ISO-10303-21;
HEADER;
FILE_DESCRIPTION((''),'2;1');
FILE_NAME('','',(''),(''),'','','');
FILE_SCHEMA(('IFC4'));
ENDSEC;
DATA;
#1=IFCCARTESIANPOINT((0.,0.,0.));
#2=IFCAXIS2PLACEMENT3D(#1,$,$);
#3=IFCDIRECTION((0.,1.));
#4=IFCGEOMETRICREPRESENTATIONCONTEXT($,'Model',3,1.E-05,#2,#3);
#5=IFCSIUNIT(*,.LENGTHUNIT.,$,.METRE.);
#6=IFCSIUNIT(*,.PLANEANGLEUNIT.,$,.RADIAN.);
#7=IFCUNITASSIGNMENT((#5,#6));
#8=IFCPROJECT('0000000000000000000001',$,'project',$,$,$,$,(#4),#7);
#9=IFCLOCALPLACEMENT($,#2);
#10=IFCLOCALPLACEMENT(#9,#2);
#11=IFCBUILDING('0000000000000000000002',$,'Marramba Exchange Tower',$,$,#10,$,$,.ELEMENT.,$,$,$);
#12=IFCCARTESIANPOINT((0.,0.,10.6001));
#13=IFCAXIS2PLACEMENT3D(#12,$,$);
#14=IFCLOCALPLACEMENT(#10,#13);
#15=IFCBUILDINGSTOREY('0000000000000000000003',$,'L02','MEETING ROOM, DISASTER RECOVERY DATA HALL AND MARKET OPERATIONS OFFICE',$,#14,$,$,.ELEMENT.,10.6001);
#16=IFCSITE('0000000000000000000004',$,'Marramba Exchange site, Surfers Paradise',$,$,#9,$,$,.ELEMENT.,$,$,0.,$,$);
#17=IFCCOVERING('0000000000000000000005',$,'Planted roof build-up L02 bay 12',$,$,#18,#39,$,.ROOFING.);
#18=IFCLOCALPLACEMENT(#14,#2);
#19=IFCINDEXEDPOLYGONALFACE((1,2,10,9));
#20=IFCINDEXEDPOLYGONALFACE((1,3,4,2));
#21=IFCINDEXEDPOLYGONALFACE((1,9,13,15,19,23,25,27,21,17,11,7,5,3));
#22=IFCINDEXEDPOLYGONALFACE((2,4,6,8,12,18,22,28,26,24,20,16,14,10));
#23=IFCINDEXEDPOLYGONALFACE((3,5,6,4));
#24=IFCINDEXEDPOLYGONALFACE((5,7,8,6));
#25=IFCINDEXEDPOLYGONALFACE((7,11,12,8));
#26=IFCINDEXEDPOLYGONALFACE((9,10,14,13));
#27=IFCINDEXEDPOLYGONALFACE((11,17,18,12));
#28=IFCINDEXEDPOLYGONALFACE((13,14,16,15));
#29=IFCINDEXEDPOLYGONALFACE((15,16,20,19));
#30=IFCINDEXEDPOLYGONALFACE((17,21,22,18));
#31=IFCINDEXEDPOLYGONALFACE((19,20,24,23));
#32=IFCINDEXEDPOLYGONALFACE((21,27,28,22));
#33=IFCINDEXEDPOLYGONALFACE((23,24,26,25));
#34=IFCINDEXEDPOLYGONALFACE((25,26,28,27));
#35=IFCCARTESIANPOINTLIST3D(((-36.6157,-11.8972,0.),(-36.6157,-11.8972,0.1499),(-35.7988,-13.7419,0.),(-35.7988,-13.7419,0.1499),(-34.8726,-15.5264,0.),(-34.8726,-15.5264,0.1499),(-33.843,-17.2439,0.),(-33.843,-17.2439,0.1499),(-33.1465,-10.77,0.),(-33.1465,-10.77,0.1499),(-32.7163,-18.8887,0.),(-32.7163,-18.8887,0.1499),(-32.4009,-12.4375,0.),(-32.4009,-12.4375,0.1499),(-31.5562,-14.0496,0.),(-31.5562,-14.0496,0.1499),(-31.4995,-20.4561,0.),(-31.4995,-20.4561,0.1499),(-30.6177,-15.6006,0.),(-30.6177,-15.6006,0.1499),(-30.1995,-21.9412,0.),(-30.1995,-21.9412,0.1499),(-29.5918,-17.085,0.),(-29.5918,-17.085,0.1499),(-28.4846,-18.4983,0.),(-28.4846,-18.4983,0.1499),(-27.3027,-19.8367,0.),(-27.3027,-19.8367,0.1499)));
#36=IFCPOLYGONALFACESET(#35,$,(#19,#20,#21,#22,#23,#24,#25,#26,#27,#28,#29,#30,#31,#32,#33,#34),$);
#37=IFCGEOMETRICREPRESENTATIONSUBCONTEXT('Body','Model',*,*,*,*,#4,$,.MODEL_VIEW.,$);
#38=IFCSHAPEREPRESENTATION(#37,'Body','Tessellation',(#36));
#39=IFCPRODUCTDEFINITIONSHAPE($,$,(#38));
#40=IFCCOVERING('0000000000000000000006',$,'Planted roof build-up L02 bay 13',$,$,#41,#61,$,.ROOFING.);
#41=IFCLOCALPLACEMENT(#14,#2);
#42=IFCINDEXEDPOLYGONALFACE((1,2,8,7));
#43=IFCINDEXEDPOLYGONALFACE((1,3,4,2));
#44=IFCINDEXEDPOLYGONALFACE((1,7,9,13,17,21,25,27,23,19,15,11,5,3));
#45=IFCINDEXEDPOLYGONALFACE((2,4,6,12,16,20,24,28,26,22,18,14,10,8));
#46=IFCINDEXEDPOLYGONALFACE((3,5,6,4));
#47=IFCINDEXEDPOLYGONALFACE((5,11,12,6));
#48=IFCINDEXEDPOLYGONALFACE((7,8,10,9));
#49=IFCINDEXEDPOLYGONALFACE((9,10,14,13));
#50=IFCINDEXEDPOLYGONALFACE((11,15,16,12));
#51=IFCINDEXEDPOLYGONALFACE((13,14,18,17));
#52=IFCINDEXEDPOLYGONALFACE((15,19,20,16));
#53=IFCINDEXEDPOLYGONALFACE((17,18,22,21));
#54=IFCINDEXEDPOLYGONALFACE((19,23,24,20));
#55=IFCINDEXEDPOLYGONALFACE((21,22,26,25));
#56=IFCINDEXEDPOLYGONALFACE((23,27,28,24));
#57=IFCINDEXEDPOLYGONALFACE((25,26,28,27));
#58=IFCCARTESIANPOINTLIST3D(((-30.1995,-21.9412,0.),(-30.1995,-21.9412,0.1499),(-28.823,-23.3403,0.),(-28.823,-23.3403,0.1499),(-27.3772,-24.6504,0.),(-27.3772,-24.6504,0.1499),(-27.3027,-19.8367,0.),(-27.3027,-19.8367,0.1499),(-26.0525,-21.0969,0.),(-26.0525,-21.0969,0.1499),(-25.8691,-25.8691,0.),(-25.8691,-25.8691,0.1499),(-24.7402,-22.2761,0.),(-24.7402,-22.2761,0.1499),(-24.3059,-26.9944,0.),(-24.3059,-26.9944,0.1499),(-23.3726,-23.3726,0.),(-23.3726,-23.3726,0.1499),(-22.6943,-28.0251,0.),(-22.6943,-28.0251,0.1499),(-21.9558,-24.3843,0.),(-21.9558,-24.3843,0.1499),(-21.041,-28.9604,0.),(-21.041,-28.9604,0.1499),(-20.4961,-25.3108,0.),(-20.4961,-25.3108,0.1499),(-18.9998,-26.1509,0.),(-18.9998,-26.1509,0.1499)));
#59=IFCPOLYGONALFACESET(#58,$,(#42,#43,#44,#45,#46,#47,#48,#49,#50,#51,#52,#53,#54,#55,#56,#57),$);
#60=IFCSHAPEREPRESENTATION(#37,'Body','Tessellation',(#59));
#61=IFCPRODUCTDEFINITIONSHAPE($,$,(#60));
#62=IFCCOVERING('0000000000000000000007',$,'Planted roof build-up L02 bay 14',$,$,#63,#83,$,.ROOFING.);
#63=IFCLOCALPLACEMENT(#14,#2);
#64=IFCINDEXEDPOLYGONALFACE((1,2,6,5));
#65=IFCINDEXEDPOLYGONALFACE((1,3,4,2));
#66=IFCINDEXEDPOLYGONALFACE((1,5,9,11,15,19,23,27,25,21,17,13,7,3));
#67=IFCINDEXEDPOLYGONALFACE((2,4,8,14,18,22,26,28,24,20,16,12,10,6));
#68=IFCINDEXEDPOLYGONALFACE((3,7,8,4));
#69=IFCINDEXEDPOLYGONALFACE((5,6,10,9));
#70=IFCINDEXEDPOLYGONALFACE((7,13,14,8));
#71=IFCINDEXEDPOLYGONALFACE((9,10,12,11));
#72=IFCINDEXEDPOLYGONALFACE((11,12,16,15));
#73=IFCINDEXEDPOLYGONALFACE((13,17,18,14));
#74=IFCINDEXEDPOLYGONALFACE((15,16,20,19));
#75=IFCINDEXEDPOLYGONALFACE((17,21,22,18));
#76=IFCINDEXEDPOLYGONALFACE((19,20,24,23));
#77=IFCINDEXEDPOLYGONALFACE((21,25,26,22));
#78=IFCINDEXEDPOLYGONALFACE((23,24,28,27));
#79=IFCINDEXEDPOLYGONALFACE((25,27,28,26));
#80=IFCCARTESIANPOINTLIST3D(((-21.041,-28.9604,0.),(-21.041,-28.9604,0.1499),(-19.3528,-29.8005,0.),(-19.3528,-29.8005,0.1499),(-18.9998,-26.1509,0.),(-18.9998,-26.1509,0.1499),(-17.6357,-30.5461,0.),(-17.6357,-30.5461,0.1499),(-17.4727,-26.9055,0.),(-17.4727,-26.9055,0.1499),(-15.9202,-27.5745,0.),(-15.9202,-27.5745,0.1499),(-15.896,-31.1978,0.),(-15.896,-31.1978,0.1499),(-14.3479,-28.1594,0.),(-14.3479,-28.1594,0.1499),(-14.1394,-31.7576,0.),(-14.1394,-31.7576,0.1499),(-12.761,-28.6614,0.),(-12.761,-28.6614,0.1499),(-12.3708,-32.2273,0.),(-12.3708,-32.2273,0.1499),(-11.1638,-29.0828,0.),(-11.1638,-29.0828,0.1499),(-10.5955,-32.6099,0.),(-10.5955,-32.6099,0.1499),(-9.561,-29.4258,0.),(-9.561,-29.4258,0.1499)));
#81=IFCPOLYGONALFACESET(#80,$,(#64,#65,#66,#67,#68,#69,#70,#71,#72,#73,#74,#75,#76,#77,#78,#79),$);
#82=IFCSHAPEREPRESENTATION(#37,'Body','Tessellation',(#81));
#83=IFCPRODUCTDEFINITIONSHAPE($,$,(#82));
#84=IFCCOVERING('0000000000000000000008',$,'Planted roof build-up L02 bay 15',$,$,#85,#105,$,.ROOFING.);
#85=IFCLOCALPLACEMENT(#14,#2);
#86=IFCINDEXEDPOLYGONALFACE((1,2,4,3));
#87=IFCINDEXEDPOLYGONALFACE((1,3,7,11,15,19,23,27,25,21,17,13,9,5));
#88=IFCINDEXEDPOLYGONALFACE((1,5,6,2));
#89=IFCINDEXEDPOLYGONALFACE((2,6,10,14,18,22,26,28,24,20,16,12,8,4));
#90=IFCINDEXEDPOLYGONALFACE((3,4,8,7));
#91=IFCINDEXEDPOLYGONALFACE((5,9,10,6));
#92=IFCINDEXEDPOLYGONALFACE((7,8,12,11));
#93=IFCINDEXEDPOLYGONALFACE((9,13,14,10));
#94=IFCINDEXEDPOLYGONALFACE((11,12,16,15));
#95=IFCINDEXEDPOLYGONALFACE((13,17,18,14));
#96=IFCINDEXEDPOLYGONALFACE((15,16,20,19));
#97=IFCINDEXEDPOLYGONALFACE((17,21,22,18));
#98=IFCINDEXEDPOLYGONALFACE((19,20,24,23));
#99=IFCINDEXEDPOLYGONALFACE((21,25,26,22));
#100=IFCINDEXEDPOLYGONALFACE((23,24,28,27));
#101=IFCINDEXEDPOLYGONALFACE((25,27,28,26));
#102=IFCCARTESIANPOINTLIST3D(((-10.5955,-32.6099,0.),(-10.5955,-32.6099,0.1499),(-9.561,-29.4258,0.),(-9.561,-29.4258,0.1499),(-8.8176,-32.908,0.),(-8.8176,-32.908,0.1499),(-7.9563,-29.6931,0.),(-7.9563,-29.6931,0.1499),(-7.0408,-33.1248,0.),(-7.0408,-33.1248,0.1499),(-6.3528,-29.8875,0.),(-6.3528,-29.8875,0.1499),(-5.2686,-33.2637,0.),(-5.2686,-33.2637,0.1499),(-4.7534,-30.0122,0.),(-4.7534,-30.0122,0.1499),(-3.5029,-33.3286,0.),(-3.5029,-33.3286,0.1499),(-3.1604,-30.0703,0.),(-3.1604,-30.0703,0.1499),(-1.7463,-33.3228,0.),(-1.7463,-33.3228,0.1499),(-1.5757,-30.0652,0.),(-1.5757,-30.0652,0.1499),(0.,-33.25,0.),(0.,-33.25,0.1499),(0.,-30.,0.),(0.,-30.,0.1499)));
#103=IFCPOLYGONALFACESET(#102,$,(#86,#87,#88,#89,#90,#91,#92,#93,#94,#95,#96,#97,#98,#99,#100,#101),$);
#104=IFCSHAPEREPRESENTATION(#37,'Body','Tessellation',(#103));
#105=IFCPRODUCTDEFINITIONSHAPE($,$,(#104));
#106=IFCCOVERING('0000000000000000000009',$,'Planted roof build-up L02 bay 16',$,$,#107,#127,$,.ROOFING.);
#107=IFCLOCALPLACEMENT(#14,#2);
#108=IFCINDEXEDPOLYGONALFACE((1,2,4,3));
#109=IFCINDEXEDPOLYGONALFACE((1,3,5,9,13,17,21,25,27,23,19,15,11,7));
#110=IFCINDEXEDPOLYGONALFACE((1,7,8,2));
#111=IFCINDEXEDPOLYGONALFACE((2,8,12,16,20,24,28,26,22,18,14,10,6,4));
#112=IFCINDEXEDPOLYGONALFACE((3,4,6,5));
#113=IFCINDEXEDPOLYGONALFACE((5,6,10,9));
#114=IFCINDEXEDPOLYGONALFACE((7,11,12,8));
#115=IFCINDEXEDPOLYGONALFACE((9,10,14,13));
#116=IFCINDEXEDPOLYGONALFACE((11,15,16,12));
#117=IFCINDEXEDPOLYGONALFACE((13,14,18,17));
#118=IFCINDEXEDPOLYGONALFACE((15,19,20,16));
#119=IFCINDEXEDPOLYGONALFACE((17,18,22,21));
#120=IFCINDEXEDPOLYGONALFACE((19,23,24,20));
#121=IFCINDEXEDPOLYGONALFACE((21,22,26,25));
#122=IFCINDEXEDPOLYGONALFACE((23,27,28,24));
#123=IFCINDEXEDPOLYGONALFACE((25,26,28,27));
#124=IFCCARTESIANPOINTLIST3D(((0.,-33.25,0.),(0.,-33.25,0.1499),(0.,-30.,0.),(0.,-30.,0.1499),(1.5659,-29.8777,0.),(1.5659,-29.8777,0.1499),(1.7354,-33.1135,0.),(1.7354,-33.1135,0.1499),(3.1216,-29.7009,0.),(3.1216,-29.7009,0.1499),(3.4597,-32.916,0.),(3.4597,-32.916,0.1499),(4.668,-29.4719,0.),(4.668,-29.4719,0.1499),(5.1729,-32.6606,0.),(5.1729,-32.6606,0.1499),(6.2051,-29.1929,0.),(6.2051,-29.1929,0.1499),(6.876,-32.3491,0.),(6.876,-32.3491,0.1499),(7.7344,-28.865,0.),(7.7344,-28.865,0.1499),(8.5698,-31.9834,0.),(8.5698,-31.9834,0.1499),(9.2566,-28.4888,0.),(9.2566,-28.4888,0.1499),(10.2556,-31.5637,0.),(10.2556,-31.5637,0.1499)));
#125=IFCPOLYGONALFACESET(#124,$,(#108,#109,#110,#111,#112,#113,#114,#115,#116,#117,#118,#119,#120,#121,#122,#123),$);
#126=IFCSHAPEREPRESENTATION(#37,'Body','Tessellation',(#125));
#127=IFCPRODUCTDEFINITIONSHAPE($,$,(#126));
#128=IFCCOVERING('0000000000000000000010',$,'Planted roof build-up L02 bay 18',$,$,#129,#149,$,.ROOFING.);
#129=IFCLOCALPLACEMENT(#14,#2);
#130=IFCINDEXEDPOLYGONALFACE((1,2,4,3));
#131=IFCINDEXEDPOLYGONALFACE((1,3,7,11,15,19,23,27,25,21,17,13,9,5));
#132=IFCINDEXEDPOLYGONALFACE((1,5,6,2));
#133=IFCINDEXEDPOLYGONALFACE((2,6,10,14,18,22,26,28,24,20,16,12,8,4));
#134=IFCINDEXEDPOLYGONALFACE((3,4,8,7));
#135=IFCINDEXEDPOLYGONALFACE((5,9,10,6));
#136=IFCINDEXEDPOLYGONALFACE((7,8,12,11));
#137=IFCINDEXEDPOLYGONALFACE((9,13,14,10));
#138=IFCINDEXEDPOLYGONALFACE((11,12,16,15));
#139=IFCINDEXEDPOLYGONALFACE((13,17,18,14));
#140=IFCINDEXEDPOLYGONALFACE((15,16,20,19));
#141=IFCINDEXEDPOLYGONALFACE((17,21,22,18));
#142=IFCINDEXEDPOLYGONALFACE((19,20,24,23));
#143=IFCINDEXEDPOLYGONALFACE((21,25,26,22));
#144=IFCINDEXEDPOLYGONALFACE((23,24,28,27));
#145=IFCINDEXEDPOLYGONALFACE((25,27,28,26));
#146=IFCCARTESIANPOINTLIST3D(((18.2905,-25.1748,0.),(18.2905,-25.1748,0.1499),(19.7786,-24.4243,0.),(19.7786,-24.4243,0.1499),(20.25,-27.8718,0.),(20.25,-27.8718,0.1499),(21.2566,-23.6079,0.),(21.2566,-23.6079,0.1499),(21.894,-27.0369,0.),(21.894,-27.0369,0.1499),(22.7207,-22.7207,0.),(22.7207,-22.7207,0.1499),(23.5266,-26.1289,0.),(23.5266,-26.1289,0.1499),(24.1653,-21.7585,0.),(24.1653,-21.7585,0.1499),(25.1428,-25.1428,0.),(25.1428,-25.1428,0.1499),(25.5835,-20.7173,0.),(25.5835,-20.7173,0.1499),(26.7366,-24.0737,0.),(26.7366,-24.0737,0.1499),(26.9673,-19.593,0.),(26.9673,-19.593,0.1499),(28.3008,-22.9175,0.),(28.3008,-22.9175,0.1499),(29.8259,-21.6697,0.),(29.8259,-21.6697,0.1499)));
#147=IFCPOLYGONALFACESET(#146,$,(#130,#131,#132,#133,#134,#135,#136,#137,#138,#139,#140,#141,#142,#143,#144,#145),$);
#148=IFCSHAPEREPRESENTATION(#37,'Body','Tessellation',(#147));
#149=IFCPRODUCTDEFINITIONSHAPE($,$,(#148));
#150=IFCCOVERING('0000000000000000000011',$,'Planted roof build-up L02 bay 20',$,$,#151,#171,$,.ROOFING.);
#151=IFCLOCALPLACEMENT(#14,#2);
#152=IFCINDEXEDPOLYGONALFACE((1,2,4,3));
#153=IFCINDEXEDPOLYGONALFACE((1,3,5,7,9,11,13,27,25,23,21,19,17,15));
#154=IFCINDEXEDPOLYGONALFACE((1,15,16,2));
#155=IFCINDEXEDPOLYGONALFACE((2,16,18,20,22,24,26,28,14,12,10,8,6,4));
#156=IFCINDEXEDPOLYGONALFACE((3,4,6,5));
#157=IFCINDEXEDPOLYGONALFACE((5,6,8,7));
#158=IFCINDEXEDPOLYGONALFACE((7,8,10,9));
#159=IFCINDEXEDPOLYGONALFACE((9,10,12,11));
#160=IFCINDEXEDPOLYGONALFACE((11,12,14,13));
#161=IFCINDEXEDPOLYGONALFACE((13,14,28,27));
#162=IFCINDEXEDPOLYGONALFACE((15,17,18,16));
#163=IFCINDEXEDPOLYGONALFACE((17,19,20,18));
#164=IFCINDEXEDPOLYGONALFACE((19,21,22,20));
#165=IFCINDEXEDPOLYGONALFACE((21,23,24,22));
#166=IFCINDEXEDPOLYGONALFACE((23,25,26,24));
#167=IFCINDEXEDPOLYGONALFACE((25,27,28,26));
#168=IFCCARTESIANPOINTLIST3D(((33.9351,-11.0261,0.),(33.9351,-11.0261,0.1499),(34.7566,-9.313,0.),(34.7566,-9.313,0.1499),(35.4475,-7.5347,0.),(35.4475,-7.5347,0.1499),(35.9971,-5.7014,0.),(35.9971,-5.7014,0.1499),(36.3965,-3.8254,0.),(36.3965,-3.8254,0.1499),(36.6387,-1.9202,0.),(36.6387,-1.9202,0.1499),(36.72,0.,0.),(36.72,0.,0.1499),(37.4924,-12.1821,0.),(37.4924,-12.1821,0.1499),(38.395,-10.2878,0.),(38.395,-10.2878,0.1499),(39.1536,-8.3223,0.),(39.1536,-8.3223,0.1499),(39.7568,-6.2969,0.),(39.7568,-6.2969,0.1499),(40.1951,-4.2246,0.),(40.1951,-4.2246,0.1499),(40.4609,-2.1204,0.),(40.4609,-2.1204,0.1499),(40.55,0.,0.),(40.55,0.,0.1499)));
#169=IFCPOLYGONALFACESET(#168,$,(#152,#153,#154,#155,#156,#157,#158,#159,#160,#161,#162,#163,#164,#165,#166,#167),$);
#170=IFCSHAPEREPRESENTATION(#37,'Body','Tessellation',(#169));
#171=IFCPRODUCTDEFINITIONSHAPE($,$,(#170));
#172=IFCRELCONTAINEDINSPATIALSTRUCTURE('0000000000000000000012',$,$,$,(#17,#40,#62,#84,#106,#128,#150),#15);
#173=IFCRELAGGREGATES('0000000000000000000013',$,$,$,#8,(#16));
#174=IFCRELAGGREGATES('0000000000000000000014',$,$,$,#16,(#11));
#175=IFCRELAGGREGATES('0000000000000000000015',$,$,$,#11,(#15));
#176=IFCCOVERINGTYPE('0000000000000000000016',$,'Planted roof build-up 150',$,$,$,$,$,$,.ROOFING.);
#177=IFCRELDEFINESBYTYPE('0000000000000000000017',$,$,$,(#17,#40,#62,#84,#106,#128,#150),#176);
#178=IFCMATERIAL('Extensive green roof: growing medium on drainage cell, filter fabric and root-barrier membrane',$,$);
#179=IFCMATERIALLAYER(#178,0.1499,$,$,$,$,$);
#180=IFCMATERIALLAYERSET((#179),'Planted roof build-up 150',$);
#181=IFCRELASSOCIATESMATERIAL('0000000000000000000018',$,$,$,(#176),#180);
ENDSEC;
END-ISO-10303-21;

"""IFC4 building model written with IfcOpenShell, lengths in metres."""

from ifc_helpers import new_model, si_unit, direction, frame, origin, place, context, subcontext, project, spatial, polyline, outline, extrude, material, layer, layer_set, type_object, element, save


model = new_model("IFC4")

# Units and contexts
model_context = context("Model", 3, precision=1e-05, world=origin(), true_north=direction((0.0, 1.0)))
body_context = subcontext(model_context, "Body", "Model", "MODEL_VIEW")
ifc_project = project(units=[si_unit("LENGTHUNIT", "METRE"), si_unit("PLANEANGLEUNIT", "RADIAN")], contexts=[model_context])

# Site, building, storey
site_placement = place(None, origin())
site = spatial("IfcSite", under=ifc_project, at=site_placement, Name="Marramba Exchange site, Surfers Paradise", CompositionType="ELEMENT", RefElevation=0.0)
building_placement = place(site_placement, origin())
building = spatial("IfcBuilding", under=site, at=building_placement, Name="Marramba Exchange Tower", CompositionType="ELEMENT")
storey_placement = place(building_placement, frame((0.0, 0.0, 10.6001)))
storey = spatial("IfcBuildingStorey", under=building, at=storey_placement, Name="L02", Description="MEETING ROOM, DISASTER RECOVERY DATA HALL AND MARKET OPERATIONS OFFICE", CompositionType="ELEMENT", Elevation=10.6001)

# Coverings
ifc_material_1 = material(Name="Extensive green roof: growing medium on drainage cell, filter fabric and root-barrier membrane")
ifc_layer_1 = layer(ifc_material_1, 0.1499)
ifc_layer_set_1 = layer_set([ifc_layer_1], Name="Planted roof build-up 150")
covering_type = type_object("IfcCoveringType", Name="Planted roof build-up 150", PredefinedType="ROOFING", material=ifc_layer_set_1)
covering_1_placement = place(storey_placement, origin())
element("IfcCovering", 1, at=covering_1_placement, inside=storey, type_object=covering_type, Name="Planted roof build-up L02 bay 12", PredefinedType="ROOFING", context=body_context, shape_type="SweptSolid", body=[
    extrude(outline(polyline([(-33.1465, -10.77), (-32.4009, -12.4375), (-31.5562, -14.0496), (-30.6177, -15.6006), (-29.5918, -17.085), (-28.4846, -18.4983), (-27.3027, -19.8367), (-30.1995, -21.9412), (-30.1995, -21.9412), (-31.4995, -20.4561), (-32.7163, -18.8887), (-33.843, -17.2439), (-34.8726, -15.5264), (-35.7988, -13.7419), (-36.6157, -11.8972), (-36.6157, -11.8972), (-33.1465, -10.77)])), origin(), (0.0, 0.0, 1.0), 0.1499),
])
covering_2_placement = place(storey_placement, origin())
element("IfcCovering", 2, at=covering_2_placement, inside=storey, type_object=covering_type, Name="Planted roof build-up L02 bay 13", PredefinedType="ROOFING", context=body_context, shape_type="SweptSolid", body=[
    extrude(outline(polyline([(-27.3027, -19.8367), (-26.0525, -21.0969), (-24.7402, -22.2761), (-23.3726, -23.3726), (-21.9558, -24.3843), (-20.4961, -25.3108), (-18.9998, -26.1509), (-21.041, -28.9604), (-22.6943, -28.0251), (-24.3059, -26.9944), (-25.8691, -25.8691), (-27.3772, -24.6504), (-28.823, -23.3403), (-30.1995, -21.9412), (-27.3027, -19.8367)])), origin(), (0.0, 0.0, 1.0), 0.1499),
])
covering_3_placement = place(storey_placement, origin())
element("IfcCovering", 3, at=covering_3_placement, inside=storey, type_object=covering_type, Name="Planted roof build-up L02 bay 14", PredefinedType="ROOFING", context=body_context, shape_type="SweptSolid", body=[
    extrude(outline(polyline([(-18.9998, -26.1509), (-17.4727, -26.9055), (-15.9202, -27.5745), (-14.3479, -28.1594), (-12.761, -28.6614), (-11.1638, -29.0828), (-9.561, -29.4258), (-10.5955, -32.6099), (-12.3708, -32.2273), (-14.1394, -31.7576), (-15.896, -31.1978), (-17.6357, -30.5461), (-19.3528, -29.8005), (-21.041, -28.9604), (-21.041, -28.9604), (-18.9998, -26.1509)])), origin(), (0.0, 0.0, 1.0), 0.1499),
])
covering_4_placement = place(storey_placement, origin())
element("IfcCovering", 4, at=covering_4_placement, inside=storey, type_object=covering_type, Name="Planted roof build-up L02 bay 15", PredefinedType="ROOFING", context=body_context, shape_type="SweptSolid", body=[
    extrude(outline(polyline([(-9.561, -29.4258), (-7.9563, -29.6931), (-6.3528, -29.8875), (-4.7534, -30.0122), (-3.1604, -30.0703), (-1.5757, -30.0652), (0.0, -30.0), (0.0, -33.25), (-1.7463, -33.3228), (-3.5029, -33.3286), (-5.2686, -33.2637), (-7.0408, -33.1248), (-8.8176, -32.908), (-10.5955, -32.6099), (-10.5955, -32.6099), (-9.561, -29.4258)])), origin(), (0.0, 0.0, 1.0), 0.1499),
])
covering_5_placement = place(storey_placement, origin())
element("IfcCovering", 5, at=covering_5_placement, inside=storey, type_object=covering_type, Name="Planted roof build-up L02 bay 16", PredefinedType="ROOFING", context=body_context, shape_type="SweptSolid", body=[
    extrude(outline(polyline([(0.0, -30.0), (1.5659, -29.8777), (3.1216, -29.7009), (4.668, -29.4719), (6.2051, -29.1929), (7.7344, -28.865), (9.2566, -28.4888), (10.2556, -31.5637), (8.5698, -31.9834), (6.876, -32.3491), (5.1729, -32.6606), (3.4597, -32.916), (1.7354, -33.1135), (0.0, -33.25), (0.0, -30.0)])), origin(), (0.0, 0.0, 1.0), 0.1499),
])
covering_6_placement = place(storey_placement, origin())
element("IfcCovering", 6, at=covering_6_placement, inside=storey, type_object=covering_type, Name="Planted roof build-up L02 bay 18", PredefinedType="ROOFING", context=body_context, shape_type="SweptSolid", body=[
    extrude(outline(polyline([(18.2905, -25.1748), (19.7786, -24.4243), (21.2566, -23.6079), (22.7207, -22.7207), (24.1653, -21.7585), (25.5835, -20.7173), (26.9673, -19.593), (29.8259, -21.6697), (29.8259, -21.6697), (28.3008, -22.9175), (26.7366, -24.0737), (25.1428, -25.1428), (23.5266, -26.1289), (21.894, -27.0369), (20.25, -27.8718), (20.25, -27.8718), (18.2905, -25.1748)])), origin(), (0.0, 0.0, 1.0), 0.1499),
])
covering_7_placement = place(storey_placement, origin())
element("IfcCovering", 7, at=covering_7_placement, inside=storey, type_object=covering_type, Name="Planted roof build-up L02 bay 20", PredefinedType="ROOFING", context=body_context, shape_type="SweptSolid", body=[
    extrude(outline(polyline([(33.9351, -11.0261), (34.7566, -9.313), (35.4475, -7.5347), (35.9971, -5.7014), (36.3965, -3.8254), (36.6387, -1.9202), (36.72, 0.0), (40.55, 0.0), (40.4609, -2.1204), (40.1951, -4.2246), (39.7568, -6.2969), (39.1536, -8.3223), (38.395, -10.2878), (37.4924, -12.1821), (37.4924, -12.1821), (33.9351, -11.0261)])), origin(), (0.0, 0.0, 1.0), 0.1499),
])

save(model, "model.ifc")
